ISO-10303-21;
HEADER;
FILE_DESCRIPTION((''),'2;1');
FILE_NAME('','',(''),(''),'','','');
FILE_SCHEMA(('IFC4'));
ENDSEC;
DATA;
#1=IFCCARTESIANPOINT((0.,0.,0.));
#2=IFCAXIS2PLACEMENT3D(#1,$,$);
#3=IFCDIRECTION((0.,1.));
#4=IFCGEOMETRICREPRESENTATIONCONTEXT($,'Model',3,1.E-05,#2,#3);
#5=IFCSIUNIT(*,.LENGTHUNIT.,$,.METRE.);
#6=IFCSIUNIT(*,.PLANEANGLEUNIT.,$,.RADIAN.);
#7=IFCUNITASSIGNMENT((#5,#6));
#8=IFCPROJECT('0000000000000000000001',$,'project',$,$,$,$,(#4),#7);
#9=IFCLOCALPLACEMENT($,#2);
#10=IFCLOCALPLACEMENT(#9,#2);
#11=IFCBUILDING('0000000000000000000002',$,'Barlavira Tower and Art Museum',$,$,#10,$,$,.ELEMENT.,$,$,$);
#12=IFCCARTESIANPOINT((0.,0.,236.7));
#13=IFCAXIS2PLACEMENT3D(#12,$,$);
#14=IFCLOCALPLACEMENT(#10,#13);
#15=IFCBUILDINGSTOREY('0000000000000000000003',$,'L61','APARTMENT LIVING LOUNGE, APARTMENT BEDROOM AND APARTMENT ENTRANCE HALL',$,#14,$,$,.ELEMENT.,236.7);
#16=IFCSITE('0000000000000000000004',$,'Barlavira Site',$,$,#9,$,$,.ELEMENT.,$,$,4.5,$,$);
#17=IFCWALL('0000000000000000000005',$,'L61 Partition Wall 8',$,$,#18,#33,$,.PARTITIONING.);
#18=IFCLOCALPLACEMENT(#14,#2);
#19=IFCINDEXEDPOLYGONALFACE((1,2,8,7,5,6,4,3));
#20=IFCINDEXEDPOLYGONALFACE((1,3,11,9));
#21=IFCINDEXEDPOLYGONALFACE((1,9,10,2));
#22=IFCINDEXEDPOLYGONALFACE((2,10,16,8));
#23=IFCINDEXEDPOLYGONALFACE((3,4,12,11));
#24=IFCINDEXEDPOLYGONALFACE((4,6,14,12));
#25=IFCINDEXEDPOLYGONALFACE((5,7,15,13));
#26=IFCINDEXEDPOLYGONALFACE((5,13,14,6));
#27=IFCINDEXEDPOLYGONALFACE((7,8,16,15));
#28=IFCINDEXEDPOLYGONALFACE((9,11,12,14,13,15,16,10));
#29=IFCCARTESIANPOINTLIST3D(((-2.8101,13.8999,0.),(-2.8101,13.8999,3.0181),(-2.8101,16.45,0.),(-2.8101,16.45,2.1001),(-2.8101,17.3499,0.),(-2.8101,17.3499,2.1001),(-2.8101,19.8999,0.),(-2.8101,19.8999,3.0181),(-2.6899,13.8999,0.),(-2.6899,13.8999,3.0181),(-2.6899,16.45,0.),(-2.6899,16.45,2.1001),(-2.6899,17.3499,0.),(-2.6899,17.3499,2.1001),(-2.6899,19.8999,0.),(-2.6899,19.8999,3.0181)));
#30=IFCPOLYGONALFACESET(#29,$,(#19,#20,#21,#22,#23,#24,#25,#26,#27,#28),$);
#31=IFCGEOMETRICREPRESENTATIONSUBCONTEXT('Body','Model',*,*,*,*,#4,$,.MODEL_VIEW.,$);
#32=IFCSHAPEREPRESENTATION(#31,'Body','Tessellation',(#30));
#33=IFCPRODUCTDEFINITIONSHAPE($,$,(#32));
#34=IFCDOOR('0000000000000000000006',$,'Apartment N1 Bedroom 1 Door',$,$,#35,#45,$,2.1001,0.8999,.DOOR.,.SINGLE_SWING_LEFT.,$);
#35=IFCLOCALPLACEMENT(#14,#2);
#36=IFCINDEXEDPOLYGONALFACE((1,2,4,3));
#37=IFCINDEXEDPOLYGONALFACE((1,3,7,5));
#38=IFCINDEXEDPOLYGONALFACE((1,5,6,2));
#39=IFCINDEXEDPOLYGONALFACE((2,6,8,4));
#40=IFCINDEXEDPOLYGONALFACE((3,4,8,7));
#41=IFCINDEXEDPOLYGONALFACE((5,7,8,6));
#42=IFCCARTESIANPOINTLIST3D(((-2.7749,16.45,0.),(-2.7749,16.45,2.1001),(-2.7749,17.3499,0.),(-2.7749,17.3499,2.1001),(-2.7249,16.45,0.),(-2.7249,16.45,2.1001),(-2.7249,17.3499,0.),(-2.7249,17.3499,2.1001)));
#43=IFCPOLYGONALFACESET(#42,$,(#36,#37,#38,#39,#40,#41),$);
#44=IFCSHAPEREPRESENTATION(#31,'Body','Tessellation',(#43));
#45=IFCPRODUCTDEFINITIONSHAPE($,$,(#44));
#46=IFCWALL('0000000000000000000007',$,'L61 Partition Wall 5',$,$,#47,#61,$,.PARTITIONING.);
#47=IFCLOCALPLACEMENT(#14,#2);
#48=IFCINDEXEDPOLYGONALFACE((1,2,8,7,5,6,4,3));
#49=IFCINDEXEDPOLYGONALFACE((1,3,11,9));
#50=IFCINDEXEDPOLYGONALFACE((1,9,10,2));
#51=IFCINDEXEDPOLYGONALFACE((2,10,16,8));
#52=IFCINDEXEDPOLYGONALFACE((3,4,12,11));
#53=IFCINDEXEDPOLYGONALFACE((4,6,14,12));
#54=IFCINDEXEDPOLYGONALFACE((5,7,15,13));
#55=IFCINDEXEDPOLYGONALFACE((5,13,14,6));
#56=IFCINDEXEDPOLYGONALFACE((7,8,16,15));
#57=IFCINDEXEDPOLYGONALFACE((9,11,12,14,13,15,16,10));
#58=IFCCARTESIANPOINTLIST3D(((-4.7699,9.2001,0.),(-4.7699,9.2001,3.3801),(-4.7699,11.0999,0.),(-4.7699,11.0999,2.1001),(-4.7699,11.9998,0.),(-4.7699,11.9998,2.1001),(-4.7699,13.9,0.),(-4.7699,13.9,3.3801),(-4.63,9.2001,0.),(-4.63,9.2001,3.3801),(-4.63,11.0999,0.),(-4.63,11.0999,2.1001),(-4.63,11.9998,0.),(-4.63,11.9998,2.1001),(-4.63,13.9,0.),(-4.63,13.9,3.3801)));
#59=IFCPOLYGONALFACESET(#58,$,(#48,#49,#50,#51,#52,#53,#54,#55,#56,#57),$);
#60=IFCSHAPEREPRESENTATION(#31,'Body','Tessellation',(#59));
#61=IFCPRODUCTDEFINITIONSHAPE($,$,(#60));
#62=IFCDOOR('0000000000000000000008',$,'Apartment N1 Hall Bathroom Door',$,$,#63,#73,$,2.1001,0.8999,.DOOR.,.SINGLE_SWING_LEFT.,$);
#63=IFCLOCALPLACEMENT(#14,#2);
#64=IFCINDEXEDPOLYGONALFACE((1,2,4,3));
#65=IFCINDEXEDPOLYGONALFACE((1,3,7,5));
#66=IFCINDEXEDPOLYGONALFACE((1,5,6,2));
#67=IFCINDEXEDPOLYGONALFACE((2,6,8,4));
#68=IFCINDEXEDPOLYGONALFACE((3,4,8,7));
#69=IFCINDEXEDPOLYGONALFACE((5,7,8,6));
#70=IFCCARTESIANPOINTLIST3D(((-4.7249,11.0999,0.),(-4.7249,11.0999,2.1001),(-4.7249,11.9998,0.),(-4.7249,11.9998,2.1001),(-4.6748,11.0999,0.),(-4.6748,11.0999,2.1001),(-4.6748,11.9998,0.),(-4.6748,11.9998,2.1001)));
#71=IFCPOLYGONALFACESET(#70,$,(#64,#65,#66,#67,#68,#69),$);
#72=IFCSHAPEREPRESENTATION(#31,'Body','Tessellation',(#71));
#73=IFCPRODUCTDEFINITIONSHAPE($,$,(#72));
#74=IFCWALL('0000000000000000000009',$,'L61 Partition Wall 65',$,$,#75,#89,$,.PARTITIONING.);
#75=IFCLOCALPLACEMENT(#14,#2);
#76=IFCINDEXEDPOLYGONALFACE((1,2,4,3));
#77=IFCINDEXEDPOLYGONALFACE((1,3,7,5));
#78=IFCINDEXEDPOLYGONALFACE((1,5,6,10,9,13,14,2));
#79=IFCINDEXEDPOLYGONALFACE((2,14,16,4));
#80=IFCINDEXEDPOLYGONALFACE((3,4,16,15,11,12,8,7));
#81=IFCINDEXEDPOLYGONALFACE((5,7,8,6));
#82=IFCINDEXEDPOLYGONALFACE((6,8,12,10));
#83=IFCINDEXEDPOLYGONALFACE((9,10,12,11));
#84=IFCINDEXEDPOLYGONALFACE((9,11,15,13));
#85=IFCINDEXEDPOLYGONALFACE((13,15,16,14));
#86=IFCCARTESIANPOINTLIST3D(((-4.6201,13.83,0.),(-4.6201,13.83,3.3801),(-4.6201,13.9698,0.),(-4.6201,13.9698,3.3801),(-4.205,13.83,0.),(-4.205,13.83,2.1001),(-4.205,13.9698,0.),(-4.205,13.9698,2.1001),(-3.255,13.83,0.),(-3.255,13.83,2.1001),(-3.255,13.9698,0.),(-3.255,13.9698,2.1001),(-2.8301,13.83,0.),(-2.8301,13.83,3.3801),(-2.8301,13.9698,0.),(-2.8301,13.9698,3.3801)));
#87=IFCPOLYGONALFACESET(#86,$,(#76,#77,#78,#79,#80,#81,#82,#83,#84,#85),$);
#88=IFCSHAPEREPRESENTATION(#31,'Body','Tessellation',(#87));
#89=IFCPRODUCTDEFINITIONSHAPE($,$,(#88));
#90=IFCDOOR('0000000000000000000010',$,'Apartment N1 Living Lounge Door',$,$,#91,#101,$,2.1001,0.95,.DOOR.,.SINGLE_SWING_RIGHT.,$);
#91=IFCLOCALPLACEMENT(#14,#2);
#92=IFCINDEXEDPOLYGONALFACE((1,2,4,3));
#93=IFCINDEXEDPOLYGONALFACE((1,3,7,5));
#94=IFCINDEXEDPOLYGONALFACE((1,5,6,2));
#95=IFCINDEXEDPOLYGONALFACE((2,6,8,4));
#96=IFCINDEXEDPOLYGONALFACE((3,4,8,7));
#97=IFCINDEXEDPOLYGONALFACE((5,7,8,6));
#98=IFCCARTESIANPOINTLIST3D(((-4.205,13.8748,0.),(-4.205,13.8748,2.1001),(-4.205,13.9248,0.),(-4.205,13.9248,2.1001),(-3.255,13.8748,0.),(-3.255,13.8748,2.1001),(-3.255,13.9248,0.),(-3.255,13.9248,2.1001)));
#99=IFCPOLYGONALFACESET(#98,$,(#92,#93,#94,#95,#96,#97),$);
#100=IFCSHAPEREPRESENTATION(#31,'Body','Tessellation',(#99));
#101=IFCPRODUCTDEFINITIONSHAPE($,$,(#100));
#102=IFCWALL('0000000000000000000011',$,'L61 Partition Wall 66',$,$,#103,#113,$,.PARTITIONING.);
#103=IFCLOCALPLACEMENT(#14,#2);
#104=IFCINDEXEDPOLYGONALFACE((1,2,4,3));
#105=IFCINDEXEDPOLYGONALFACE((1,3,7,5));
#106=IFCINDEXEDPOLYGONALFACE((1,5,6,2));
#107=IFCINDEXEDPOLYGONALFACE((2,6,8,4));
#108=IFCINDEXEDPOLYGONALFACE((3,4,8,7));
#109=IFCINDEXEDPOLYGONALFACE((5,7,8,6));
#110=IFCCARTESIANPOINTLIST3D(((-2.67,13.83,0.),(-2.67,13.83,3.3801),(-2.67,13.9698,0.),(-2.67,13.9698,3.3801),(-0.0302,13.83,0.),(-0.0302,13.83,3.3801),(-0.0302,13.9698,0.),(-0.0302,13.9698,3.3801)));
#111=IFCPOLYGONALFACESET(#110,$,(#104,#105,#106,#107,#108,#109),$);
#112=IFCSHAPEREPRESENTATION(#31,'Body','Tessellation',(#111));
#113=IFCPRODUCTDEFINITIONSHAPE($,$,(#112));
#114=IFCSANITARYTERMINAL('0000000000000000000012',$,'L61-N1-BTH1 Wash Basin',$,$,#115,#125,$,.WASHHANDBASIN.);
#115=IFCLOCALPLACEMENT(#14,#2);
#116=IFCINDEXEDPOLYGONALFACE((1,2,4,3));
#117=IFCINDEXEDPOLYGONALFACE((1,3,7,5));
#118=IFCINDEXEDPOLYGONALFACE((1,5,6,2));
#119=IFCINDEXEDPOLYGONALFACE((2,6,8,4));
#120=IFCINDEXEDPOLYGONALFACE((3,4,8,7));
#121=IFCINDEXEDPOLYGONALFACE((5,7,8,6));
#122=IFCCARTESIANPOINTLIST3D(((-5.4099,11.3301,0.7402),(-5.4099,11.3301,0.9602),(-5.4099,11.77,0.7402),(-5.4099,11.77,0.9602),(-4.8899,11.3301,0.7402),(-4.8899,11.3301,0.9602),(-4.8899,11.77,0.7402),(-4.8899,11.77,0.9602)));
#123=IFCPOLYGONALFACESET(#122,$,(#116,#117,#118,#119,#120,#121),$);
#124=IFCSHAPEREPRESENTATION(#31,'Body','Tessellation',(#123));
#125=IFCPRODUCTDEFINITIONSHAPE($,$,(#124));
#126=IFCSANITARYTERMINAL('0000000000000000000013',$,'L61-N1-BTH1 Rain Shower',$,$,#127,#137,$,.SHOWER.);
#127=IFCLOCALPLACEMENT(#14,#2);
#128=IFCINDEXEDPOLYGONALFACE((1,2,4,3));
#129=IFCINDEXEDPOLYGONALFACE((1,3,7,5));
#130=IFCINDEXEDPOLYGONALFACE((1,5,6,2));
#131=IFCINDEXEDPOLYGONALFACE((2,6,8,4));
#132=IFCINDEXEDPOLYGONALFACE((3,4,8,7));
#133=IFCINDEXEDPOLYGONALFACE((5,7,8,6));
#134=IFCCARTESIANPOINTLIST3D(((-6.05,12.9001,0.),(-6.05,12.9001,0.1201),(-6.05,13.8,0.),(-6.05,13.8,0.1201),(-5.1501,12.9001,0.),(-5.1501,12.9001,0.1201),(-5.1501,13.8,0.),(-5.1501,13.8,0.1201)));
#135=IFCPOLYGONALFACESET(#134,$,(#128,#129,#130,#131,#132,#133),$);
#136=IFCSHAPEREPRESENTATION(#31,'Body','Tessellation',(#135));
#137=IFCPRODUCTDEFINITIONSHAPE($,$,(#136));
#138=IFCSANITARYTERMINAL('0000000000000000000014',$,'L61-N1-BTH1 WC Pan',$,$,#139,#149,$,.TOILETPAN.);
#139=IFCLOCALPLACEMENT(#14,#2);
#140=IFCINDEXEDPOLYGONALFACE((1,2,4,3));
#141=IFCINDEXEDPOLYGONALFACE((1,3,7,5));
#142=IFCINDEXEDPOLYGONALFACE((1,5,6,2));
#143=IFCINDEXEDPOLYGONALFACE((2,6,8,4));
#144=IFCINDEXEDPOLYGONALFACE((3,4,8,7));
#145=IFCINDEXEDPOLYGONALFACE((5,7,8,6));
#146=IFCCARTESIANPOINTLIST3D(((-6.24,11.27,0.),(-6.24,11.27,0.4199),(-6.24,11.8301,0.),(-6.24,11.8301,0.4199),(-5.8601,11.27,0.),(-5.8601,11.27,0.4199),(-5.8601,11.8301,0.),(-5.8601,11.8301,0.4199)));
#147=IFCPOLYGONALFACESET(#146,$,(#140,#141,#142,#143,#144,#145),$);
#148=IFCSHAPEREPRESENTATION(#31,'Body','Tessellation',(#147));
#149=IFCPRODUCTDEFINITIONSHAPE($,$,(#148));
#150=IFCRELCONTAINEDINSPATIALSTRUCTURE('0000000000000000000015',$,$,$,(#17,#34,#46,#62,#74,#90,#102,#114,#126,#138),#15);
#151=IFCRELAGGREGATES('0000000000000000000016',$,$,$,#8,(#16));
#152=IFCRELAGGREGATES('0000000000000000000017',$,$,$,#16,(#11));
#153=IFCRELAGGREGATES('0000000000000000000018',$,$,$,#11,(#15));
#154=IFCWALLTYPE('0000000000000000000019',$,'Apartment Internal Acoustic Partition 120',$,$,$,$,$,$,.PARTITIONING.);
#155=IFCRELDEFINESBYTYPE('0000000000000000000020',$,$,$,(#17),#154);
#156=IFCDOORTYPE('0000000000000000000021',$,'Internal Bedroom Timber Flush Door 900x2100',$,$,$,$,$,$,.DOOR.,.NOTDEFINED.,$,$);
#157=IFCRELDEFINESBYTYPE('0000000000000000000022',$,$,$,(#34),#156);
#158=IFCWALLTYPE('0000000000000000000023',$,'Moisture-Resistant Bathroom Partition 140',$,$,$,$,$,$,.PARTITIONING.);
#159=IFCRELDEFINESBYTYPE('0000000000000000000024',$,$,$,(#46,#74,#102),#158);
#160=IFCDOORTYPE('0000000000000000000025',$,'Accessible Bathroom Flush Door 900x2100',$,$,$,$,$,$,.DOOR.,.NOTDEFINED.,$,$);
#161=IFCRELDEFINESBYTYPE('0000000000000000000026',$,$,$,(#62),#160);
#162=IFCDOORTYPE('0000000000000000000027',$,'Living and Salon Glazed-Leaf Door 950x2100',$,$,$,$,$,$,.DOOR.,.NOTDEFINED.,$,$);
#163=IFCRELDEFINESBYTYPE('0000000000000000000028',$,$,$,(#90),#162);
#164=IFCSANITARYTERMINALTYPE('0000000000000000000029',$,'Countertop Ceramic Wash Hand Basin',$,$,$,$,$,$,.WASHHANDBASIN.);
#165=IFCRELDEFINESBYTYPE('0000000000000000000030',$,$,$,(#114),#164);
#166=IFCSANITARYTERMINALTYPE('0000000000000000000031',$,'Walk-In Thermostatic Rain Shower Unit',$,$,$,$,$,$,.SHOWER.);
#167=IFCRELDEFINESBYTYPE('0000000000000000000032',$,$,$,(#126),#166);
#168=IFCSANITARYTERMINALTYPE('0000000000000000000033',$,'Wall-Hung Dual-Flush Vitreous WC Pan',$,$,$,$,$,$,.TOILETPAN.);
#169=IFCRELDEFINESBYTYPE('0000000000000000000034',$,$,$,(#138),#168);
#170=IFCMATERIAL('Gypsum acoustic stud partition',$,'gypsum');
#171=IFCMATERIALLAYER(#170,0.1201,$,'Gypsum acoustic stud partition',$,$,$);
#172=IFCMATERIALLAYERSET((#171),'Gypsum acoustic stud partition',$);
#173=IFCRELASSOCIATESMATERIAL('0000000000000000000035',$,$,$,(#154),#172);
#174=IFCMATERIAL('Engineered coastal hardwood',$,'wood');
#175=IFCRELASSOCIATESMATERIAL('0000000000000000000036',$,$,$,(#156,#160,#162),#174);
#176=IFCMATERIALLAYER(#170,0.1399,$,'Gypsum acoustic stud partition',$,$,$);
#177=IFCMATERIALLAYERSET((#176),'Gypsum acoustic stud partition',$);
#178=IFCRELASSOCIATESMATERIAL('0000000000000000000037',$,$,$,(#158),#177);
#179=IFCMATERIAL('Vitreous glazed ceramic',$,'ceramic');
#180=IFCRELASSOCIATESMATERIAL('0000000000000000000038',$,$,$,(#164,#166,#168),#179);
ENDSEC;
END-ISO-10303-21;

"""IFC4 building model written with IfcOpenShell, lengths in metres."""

from ifc_helpers import new_model, si_unit, direction, frame, frame_2d, origin, origin_2d, place, context, subcontext, project, spatial, rectangle, extrude, material, layer, layer_set, type_object, element, fill, save


model = new_model("IFC4")

# Units and contexts
model_context = context("Model", 3, precision=1e-05, world=origin(), true_north=direction((0.0, 1.0)))
body_context = subcontext(model_context, "Body", "Model", "MODEL_VIEW")
ifc_project = project(units=[si_unit("LENGTHUNIT", "METRE"), si_unit("PLANEANGLEUNIT", "RADIAN")], contexts=[model_context])

# Site, building, storey
site_placement = place(None, origin())
site = spatial("IfcSite", under=ifc_project, at=site_placement, Name="Barlavira Site", CompositionType="ELEMENT", RefElevation=4.5)
building_placement = place(site_placement, origin())
building = spatial("IfcBuilding", under=site, at=building_placement, Name="Barlavira Tower and Art Museum", CompositionType="ELEMENT")
storey_placement = place(building_placement, frame((0.0, 0.0, 236.7)))
storey = spatial("IfcBuildingStorey", under=building, at=storey_placement, Name="L61", Description="APARTMENT LIVING LOUNGE, APARTMENT BEDROOM AND APARTMENT ENTRANCE HALL", CompositionType="ELEMENT", Elevation=236.7)

# Walls, openings, doors
ifc_material_1 = material(Name="Gypsum acoustic stud partition", Category="gypsum")
ifc_layer_1 = layer(ifc_material_1, 0.1201, Name="Gypsum acoustic stud partition")
ifc_layer_set_1 = layer_set([ifc_layer_1], Name="Gypsum acoustic stud partition")
wall_type_1 = type_object("IfcWallType", Name="Apartment Internal Acoustic Partition 120", PredefinedType="PARTITIONING", material=ifc_layer_set_1)
wall_1_placement = place(storey_placement, frame((-2.75, 13.8999, 0.0), z_axis=(0.0, 0.0, 1.0), x_axis=(0.0, 1.0, 0.0)))
wall_1 = element("IfcWall", 1, at=wall_1_placement, inside=storey, type_object=wall_type_1, Name="L61 Partition Wall 8", PredefinedType="PARTITIONING", context=body_context, shape_type="SweptSolid", body=[
    extrude(rectangle(XDim=6.0, YDim=0.1201, at=frame_2d((3.0, 0.0))), origin(), (0.0, 0.0, 1.0), 3.0181),
])
opening_1_placement = place(wall_1_placement, frame((2.55, 0.0, 0.0)))
opening_1 = element("IfcOpeningElement", 2, at=opening_1_placement, cuts=wall_1, PredefinedType="OPENING", context=body_context, shape_type="SweptSolid", body=[
    extrude(rectangle(XDim=0.8999, YDim=2.1001, at=frame_2d((0.45, 1.05))), frame((0.0, 0.0701, 0.0), z_axis=(0.0, -1.0, 0.0), x_axis=(1.0, 0.0, 0.0)), (0.0, 0.0, 1.0), 0.1401),
])
ifc_material_2 = material(Name="Engineered coastal hardwood", Category="wood")
door_type_1 = type_object("IfcDoorType", Name="Internal Bedroom Timber Flush Door 900x2100", OperationType="NOTDEFINED", PredefinedType="DOOR", material=ifc_material_2)
door_1_placement = place(opening_1_placement, origin())
door_1 = element("IfcDoor", 3, at=door_1_placement, inside=storey, type_object=door_type_1, Name="Apartment N1 Bedroom 1 Door", OperationType="SINGLE_SWING_LEFT", OverallHeight=2.1001, OverallWidth=0.8999, PredefinedType="DOOR", context=body_context, shape_type="SweptSolid", body=[
    extrude(rectangle(XDim=0.8999, YDim=2.1001, at=frame_2d((0.45, 1.05))), frame((0.0, 0.0249, 0.0), z_axis=(0.0, -1.0, 0.0), x_axis=(1.0, 0.0, 0.0)), (0.0, 0.0, 1.0), 0.05),
])
fill(opening_1, door_1)
ifc_layer_2 = layer(ifc_material_1, 0.1399, Name="Gypsum acoustic stud partition")
ifc_layer_set_2 = layer_set([ifc_layer_2], Name="Gypsum acoustic stud partition")
wall_type_2 = type_object("IfcWallType", Name="Moisture-Resistant Bathroom Partition 140", PredefinedType="PARTITIONING", material=ifc_layer_set_2)
wall_2_placement = place(storey_placement, frame((-4.7, 9.2, 0.0), z_axis=(0.0, 0.0, 1.0), x_axis=(0.0, 1.0, 0.0)))
wall_2 = element("IfcWall", 4, at=wall_2_placement, inside=storey, type_object=wall_type_2, Name="L61 Partition Wall 5", PredefinedType="PARTITIONING", context=body_context, shape_type="SweptSolid", body=[
    extrude(rectangle(XDim=4.7, YDim=0.1399, at=frame_2d((2.3501, 0.0))), origin(), (0.0, 0.0, 1.0), 3.3801),
])
opening_2_placement = place(wall_2_placement, frame((1.8999, 0.0, 0.0)))
opening_2 = element("IfcOpeningElement", 5, at=opening_2_placement, cuts=wall_2, PredefinedType="OPENING", context=body_context, shape_type="SweptSolid", body=[
    extrude(rectangle(XDim=0.8999, YDim=2.1001, at=frame_2d((0.45, 1.05))), frame((0.0, 0.0801, 0.0), z_axis=(0.0, -1.0, 0.0), x_axis=(1.0, 0.0, 0.0)), (0.0, 0.0, 1.0), 0.1599),
])
door_type_2 = type_object("IfcDoorType", Name="Accessible Bathroom Flush Door 900x2100", OperationType="NOTDEFINED", PredefinedType="DOOR", material=ifc_material_2)
door_2_placement = place(opening_2_placement, origin())
door_2 = element("IfcDoor", 6, at=door_2_placement, inside=storey, type_object=door_type_2, Name="Apartment N1 Hall Bathroom Door", OperationType="SINGLE_SWING_LEFT", OverallHeight=2.1001, OverallWidth=0.8999, PredefinedType="DOOR", context=body_context, shape_type="SweptSolid", body=[
    extrude(rectangle(XDim=0.8999, YDim=2.1001, at=frame_2d((0.45, 1.05))), frame((0.0, 0.0249, 0.0), z_axis=(0.0, -1.0, 0.0), x_axis=(1.0, 0.0, 0.0)), (0.0, 0.0, 1.0), 0.05),
])
fill(opening_2, door_2)
wall_3_placement = place(storey_placement, frame((-4.6201, 13.8999, 0.0), z_axis=(0.0, 0.0, 1.0), x_axis=(1.0, 0.0, 0.0)))
wall_3 = element("IfcWall", 7, at=wall_3_placement, inside=storey, type_object=wall_type_2, Name="L61 Partition Wall 65", PredefinedType="PARTITIONING", context=body_context, shape_type="SweptSolid", body=[
    extrude(rectangle(XDim=1.79, YDim=0.1399, at=frame_2d((0.895, 0.0))), origin(), (0.0, 0.0, 1.0), 3.3801),
])
opening_3_placement = place(wall_3_placement, frame((0.415, 0.0, 0.0)))
opening_3 = element("IfcOpeningElement", 8, at=opening_3_placement, cuts=wall_3, PredefinedType="OPENING", context=body_context, shape_type="SweptSolid", body=[
    extrude(rectangle(XDim=0.95, YDim=2.1001, at=frame_2d((0.4751, 1.05))), frame((0.0, 0.0801, 0.0), z_axis=(0.0, -1.0, 0.0), x_axis=(1.0, 0.0, 0.0)), (0.0, 0.0, 1.0), 0.1599),
])
door_type_3 = type_object("IfcDoorType", Name="Living and Salon Glazed-Leaf Door 950x2100", OperationType="NOTDEFINED", PredefinedType="DOOR", material=ifc_material_2)
door_3_placement = place(opening_3_placement, origin())
door_3 = element("IfcDoor", 9, at=door_3_placement, inside=storey, type_object=door_type_3, Name="Apartment N1 Living Lounge Door", OperationType="SINGLE_SWING_RIGHT", OverallHeight=2.1001, OverallWidth=0.95, PredefinedType="DOOR", context=body_context, shape_type="SweptSolid", body=[
    extrude(rectangle(XDim=0.95, YDim=2.1001, at=frame_2d((0.4751, 1.05))), frame((0.0, 0.0249, 0.0), z_axis=(0.0, -1.0, 0.0), x_axis=(1.0, 0.0, 0.0)), (0.0, 0.0, 1.0), 0.05),
])
fill(opening_3, door_3)

# Wall
wall_4_placement = place(storey_placement, frame((-2.6699, 13.8999, 0.0), z_axis=(0.0, 0.0, 1.0), x_axis=(1.0, 0.0, 0.0)))
element("IfcWall", 10, at=wall_4_placement, inside=storey, type_object=wall_type_2, Name="L61 Partition Wall 66", PredefinedType="PARTITIONING", context=body_context, shape_type="SweptSolid", body=[
    extrude(rectangle(XDim=2.6399, YDim=0.1399, at=frame_2d((1.3198, 0.0))), origin(), (0.0, 0.0, 1.0), 3.3801),
])

# Sanitary terminals
ifc_material_3 = material(Name="Vitreous glazed ceramic", Category="ceramic")
sanitary_terminal_type_1 = type_object("IfcSanitaryTerminalType", Name="Countertop Ceramic Wash Hand Basin", PredefinedType="WASHHANDBASIN", material=ifc_material_3)
sanitary_terminal_1_placement = place(storey_placement, frame((-5.1499, 11.55, 0.7402), z_axis=(0.0, 0.0, 1.0), x_axis=(1.0, 0.0, 0.0)))
element("IfcSanitaryTerminal", 11, at=sanitary_terminal_1_placement, inside=storey, type_object=sanitary_terminal_type_1, Name="L61-N1-BTH1 Wash Basin", PredefinedType="WASHHANDBASIN", context=body_context, shape_type="SweptSolid", body=[
    extrude(rectangle(XDim=0.52, YDim=0.4399, at=origin_2d()), origin(), (0.0, 0.0, 1.0), 0.22),
])
sanitary_terminal_type_2 = type_object("IfcSanitaryTerminalType", Name="Walk-In Thermostatic Rain Shower Unit", PredefinedType="SHOWER", material=ifc_material_3)
sanitary_terminal_2_placement = place(storey_placement, frame((-5.6001, 13.3501, 0.0), z_axis=(0.0, 0.0, 1.0), x_axis=(1.0, 0.0, 0.0)))
element("IfcSanitaryTerminal", 12, at=sanitary_terminal_2_placement, inside=storey, type_object=sanitary_terminal_type_2, Name="L61-N1-BTH1 Rain Shower", PredefinedType="SHOWER", context=body_context, shape_type="SweptSolid", body=[
    extrude(rectangle(XDim=0.8999, YDim=0.8999, at=origin_2d()), origin(), (0.0, 0.0, 1.0), 0.1201),
])
sanitary_terminal_type_3 = type_object("IfcSanitaryTerminalType", Name="Wall-Hung Dual-Flush Vitreous WC Pan", PredefinedType="TOILETPAN", material=ifc_material_3)
sanitary_terminal_3_placement = place(storey_placement, frame((-6.05, 11.55, 0.0), z_axis=(0.0, 0.0, 1.0), x_axis=(1.0, 0.0, 0.0)))
element("IfcSanitaryTerminal", 13, at=sanitary_terminal_3_placement, inside=storey, type_object=sanitary_terminal_type_3, Name="L61-N1-BTH1 WC Pan", PredefinedType="TOILETPAN", context=body_context, shape_type="SweptSolid", body=[
    extrude(rectangle(XDim=0.3799, YDim=0.5601, at=origin_2d()), origin(), (0.0, 0.0, 1.0), 0.4199),
])

save(model, "model.ifc")
